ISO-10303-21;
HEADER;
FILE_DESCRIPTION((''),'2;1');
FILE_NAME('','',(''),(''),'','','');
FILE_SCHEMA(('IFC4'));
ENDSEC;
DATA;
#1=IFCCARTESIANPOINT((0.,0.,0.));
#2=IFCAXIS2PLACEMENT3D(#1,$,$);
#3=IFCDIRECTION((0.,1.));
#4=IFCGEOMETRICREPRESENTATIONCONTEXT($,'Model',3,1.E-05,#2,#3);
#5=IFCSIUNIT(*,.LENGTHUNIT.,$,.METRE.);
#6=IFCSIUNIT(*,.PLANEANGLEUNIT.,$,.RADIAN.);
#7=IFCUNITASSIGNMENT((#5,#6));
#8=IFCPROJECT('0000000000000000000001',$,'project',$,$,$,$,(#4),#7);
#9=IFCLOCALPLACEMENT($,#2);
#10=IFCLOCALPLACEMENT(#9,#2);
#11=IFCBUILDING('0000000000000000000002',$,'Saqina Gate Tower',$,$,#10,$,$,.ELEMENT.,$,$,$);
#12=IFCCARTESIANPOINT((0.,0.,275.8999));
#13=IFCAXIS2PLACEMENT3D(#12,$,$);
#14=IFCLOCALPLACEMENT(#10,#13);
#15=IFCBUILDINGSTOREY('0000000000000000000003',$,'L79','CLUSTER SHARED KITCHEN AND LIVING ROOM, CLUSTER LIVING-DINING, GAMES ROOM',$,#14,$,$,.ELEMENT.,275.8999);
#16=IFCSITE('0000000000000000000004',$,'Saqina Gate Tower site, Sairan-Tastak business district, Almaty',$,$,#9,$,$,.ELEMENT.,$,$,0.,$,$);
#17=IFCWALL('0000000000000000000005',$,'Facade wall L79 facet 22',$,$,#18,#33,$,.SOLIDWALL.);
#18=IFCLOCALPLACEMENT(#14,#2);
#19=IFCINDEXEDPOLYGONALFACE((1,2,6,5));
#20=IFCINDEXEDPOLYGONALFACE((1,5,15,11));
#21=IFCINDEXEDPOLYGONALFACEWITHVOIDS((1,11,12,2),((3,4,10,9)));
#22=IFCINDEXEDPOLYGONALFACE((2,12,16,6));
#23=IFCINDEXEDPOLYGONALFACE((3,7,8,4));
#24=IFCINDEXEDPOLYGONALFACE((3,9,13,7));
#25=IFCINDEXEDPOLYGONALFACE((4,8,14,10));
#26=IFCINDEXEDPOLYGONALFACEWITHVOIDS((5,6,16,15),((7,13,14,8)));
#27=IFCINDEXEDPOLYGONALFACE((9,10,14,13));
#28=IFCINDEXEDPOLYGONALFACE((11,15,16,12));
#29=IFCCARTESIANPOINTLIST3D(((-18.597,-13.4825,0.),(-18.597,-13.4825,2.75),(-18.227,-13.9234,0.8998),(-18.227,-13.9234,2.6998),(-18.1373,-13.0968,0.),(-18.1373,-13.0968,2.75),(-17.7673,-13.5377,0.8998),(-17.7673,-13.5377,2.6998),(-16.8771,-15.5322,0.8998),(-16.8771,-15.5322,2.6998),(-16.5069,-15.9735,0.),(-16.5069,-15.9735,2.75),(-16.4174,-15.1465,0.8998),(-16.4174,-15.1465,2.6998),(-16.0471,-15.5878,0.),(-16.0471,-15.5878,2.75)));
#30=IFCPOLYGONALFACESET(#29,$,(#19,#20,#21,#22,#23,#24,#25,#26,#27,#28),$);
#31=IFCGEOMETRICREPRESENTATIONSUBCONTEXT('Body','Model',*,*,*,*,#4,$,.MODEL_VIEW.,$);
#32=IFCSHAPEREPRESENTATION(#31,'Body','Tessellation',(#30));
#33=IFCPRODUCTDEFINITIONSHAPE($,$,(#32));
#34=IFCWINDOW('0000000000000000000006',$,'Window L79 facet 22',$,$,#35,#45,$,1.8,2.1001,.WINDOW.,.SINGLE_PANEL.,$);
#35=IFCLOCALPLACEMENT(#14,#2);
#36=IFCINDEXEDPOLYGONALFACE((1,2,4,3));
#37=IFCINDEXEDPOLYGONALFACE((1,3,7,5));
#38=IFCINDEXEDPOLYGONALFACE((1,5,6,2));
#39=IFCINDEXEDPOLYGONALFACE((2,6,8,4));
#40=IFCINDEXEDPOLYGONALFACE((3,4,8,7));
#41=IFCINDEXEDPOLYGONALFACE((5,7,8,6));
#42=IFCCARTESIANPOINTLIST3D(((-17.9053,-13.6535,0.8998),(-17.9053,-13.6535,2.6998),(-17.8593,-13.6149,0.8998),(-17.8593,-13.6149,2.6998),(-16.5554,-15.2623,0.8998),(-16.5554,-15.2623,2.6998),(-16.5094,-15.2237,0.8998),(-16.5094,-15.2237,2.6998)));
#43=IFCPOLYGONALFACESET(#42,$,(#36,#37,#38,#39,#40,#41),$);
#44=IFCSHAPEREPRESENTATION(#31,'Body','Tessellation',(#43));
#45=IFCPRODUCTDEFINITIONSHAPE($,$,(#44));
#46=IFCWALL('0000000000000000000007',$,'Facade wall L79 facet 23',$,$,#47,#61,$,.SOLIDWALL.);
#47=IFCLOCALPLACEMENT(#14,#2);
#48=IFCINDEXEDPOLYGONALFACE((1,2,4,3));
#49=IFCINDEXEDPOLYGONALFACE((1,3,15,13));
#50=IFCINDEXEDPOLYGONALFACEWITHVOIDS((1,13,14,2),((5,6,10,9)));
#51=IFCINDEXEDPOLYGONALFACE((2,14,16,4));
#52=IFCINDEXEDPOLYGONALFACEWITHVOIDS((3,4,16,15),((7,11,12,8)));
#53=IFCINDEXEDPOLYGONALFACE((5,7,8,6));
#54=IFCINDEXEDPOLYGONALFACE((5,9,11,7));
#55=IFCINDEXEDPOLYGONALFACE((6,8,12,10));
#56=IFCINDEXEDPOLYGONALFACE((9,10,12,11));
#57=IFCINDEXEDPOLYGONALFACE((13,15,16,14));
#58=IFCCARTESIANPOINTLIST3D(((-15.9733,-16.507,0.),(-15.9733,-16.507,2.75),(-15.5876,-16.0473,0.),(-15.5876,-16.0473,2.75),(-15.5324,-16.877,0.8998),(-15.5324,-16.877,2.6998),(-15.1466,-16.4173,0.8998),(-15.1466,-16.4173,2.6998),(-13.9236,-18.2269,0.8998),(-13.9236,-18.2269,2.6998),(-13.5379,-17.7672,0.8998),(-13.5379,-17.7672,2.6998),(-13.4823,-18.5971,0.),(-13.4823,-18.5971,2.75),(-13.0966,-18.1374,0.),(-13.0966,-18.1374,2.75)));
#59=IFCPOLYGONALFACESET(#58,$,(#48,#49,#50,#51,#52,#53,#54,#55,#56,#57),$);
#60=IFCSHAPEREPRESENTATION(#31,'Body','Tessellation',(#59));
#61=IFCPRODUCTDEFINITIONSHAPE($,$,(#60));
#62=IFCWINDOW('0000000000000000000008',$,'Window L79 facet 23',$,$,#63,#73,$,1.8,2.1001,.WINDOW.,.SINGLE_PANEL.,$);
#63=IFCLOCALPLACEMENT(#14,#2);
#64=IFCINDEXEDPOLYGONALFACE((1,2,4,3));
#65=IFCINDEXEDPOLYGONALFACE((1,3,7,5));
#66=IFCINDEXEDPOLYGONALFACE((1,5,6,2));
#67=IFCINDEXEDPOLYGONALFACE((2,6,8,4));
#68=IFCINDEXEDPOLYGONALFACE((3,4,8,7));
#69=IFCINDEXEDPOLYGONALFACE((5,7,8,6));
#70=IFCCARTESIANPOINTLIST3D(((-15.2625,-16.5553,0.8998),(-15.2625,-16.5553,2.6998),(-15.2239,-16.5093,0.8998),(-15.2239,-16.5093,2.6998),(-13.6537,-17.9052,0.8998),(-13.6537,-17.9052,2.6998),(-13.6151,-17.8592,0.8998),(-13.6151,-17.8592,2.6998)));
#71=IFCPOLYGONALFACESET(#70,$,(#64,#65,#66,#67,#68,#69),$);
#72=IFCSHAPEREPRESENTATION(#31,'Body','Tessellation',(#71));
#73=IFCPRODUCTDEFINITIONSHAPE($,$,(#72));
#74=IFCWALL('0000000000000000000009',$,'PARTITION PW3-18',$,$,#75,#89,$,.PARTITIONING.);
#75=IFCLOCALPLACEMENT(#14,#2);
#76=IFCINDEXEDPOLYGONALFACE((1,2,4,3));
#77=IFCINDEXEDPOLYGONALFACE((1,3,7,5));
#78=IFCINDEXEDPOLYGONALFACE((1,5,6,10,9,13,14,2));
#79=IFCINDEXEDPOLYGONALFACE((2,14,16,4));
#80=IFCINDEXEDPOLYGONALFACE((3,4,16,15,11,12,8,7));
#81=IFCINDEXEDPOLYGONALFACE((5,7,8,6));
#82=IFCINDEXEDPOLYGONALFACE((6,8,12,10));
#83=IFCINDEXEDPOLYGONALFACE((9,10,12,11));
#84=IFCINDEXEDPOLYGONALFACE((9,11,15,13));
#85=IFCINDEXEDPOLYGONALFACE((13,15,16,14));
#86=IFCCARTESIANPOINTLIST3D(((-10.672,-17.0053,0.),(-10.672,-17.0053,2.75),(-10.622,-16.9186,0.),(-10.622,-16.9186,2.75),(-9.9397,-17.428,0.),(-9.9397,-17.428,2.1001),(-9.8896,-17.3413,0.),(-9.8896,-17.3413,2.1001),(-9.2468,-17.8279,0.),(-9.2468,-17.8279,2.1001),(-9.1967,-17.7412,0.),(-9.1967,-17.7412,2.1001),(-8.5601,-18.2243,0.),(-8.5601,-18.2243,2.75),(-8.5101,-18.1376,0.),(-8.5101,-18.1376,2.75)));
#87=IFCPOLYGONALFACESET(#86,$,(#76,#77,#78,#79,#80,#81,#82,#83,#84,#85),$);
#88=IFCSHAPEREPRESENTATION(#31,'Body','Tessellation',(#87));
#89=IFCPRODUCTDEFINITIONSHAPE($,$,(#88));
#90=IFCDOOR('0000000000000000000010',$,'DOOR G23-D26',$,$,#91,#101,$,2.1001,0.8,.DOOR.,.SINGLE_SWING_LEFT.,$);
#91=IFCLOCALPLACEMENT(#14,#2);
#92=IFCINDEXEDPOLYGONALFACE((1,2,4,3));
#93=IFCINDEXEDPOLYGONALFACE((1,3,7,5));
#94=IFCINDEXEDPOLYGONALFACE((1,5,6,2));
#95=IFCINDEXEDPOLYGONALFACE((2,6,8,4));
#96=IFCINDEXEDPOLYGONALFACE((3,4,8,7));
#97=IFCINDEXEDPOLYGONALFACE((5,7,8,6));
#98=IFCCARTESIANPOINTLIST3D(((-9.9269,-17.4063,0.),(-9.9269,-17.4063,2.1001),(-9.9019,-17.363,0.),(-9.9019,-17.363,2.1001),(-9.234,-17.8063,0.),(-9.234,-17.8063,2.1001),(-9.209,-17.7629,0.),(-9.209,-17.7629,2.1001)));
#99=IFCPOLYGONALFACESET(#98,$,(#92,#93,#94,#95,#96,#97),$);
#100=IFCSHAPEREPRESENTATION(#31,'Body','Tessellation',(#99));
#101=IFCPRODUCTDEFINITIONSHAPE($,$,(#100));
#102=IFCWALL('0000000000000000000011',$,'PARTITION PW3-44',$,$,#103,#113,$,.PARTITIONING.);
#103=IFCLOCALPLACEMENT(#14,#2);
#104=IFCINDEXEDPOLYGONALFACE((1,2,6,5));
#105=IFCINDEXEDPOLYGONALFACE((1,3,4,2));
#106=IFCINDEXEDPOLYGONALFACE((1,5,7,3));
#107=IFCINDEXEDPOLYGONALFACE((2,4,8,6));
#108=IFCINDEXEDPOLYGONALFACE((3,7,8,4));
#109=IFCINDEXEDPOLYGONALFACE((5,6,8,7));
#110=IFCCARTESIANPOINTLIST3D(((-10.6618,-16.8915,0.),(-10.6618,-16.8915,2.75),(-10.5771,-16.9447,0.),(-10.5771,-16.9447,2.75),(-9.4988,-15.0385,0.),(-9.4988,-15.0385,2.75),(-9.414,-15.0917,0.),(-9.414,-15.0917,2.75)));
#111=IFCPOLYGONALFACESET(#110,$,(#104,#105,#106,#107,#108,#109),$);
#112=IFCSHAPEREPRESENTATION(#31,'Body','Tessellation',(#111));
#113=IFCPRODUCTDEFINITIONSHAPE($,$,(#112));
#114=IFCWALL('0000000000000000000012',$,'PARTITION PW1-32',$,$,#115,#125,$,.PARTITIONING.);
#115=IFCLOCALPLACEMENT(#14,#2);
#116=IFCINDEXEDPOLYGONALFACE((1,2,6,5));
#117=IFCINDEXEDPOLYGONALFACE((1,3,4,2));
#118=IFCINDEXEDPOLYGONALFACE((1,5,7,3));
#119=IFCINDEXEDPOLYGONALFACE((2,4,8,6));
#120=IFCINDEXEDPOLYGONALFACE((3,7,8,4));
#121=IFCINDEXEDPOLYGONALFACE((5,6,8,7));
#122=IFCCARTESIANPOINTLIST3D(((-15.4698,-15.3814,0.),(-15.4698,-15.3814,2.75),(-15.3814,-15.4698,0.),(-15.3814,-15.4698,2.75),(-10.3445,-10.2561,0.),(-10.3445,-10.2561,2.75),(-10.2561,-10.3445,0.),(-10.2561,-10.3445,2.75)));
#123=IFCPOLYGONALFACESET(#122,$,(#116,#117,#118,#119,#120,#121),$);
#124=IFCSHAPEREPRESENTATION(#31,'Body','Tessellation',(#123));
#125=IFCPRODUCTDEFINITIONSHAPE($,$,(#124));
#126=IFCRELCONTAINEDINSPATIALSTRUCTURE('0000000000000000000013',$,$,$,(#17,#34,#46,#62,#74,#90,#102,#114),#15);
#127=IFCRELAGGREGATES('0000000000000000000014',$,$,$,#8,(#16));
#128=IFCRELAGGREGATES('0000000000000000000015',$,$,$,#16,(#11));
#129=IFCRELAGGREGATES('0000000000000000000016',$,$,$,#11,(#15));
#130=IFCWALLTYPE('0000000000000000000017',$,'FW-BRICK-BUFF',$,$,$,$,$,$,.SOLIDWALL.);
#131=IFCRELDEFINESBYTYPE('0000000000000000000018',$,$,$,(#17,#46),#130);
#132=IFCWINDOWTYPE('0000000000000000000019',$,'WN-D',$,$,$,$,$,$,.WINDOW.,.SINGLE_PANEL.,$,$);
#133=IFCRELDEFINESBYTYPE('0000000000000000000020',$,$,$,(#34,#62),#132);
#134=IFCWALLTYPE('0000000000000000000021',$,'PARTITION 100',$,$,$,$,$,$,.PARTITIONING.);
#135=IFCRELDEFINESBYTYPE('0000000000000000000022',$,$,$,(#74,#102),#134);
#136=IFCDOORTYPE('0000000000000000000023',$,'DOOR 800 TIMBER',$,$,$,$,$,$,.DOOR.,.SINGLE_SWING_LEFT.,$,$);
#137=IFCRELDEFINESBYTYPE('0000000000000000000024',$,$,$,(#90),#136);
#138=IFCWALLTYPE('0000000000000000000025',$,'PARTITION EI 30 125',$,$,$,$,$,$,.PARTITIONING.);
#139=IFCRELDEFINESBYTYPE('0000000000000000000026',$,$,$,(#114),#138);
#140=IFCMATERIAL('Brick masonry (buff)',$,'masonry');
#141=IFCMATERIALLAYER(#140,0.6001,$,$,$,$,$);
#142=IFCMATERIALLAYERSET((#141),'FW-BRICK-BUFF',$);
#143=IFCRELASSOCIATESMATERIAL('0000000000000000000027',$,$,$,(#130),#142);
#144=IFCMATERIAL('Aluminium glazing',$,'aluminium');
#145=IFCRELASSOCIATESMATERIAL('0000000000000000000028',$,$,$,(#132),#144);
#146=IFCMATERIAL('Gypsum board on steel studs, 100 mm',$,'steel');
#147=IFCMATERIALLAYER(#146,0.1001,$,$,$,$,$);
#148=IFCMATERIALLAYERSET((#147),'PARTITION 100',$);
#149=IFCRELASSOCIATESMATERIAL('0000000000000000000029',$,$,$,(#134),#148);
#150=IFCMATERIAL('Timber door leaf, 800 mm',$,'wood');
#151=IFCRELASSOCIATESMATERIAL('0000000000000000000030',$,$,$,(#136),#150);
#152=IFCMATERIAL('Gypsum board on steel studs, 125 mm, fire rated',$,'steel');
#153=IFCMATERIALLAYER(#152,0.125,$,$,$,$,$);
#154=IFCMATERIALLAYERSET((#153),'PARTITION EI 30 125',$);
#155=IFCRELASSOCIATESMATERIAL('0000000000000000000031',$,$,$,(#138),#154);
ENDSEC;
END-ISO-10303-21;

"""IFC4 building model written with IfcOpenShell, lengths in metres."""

from ifc_helpers import new_model, si_unit, direction, frame, frame_2d, origin, place, context, subcontext, project, spatial, rectangle, extrude, material, layer, layer_set, type_object, element, fill, save


model = new_model("IFC4")

# Units and contexts
model_context = context("Model", 3, precision=1e-05, world=origin(), true_north=direction((0.0, 1.0)))
body_context = subcontext(model_context, "Body", "Model", "MODEL_VIEW")
ifc_project = project(units=[si_unit("LENGTHUNIT", "METRE"), si_unit("PLANEANGLEUNIT", "RADIAN")], contexts=[model_context])

# Site, building, storey
site_placement = place(None, origin())
site = spatial("IfcSite", under=ifc_project, at=site_placement, Name="Saqina Gate Tower site, Sairan-Tastak business district, Almaty", CompositionType="ELEMENT", RefElevation=0.0)
building_placement = place(site_placement, origin())
building = spatial("IfcBuilding", under=site, at=building_placement, Name="Saqina Gate Tower", CompositionType="ELEMENT")
storey_placement = place(building_placement, frame((0.0, 0.0, 275.8999)))
storey = spatial("IfcBuildingStorey", under=building, at=storey_placement, Name="L79", Description="CLUSTER SHARED KITCHEN AND LIVING ROOM, CLUSTER LIVING-DINING, GAMES ROOM", CompositionType="ELEMENT", Elevation=275.8999)

# Walls, openings, windows
ifc_material_1 = material(Name="Brick masonry (buff)", Category="masonry")
ifc_layer_1 = layer(ifc_material_1, 0.6001)
ifc_layer_set_1 = layer_set([ifc_layer_1], Name="FW-BRICK-BUFF")
wall_type_1 = type_object("IfcWallType", Name="FW-BRICK-BUFF", PredefinedType="SOLIDWALL", material=ifc_layer_set_1)
wall_1_placement = place(storey_placement, frame((-18.3672, -13.2896, 0.0), z_axis=(0.0, 0.0, 1.0), x_axis=(0.642773, -0.766057, 0.0)))
wall_1 = element("IfcWall", 1, at=wall_1_placement, inside=storey, type_object=wall_type_1, Name="Facade wall L79 facet 22", PredefinedType="SOLIDWALL", context=body_context, shape_type="SweptSolid", body=[
    extrude(rectangle(XDim=3.2517, YDim=0.6001, at=frame_2d((1.626, 0.0))), origin(), (0.0, 0.0, 1.0), 2.75),
])
opening_1_placement = place(wall_1_placement, frame((0.5757, 0.0, 0.8999)))
opening_1 = element("IfcOpeningElement", 2, at=opening_1_placement, cuts=wall_1, PredefinedType="OPENING", context=body_context, shape_type="SweptSolid", body=[
    extrude(rectangle(XDim=2.1001, YDim=1.8, at=frame_2d((1.05, 0.8999))), frame((0.0, 0.312, 0.0), z_axis=(0.0, -1.0, 0.0), x_axis=(1.0, 0.0, 0.0)), (0.0, 0.0, 1.0), 0.624),
])
ifc_material_2 = material(Name="Aluminium glazing", Category="aluminium")
window_type = type_object("IfcWindowType", Name="WN-D", PartitioningType="SINGLE_PANEL", PredefinedType="WINDOW", material=ifc_material_2)
window_1_placement = place(opening_1_placement, origin())
window_1 = element("IfcWindow", 3, at=window_1_placement, inside=storey, type_object=window_type, Name="Window L79 facet 22", OverallHeight=1.8, OverallWidth=2.1001, PartitioningType="SINGLE_PANEL", PredefinedType="WINDOW", context=body_context, shape_type="SweptSolid", body=[
    extrude(rectangle(XDim=2.1001, YDim=1.8, at=frame_2d((1.05, 0.8999))), frame((0.0, 0.1799, 0.0), z_axis=(0.0, -1.0, 0.0), x_axis=(1.0, 0.0, 0.0)), (0.0, 0.0, 1.0), 0.0601),
])
fill(opening_1, window_1)
wall_2_placement = place(storey_placement, frame((-15.7805, -16.2771, 0.0), z_axis=(0.0, 0.0, 1.0), x_axis=(0.766057, -0.642773, 0.0)))
wall_2 = element("IfcWall", 4, at=wall_2_placement, inside=storey, type_object=wall_type_1, Name="Facade wall L79 facet 23", PredefinedType="SOLIDWALL", context=body_context, shape_type="SweptSolid", body=[
    extrude(rectangle(XDim=3.2517, YDim=0.6001, at=frame_2d((1.626, 0.0))), origin(), (0.0, 0.0, 1.0), 2.75),
])
opening_2_placement = place(wall_2_placement, frame((0.5757, 0.0, 0.8999)))
opening_2 = element("IfcOpeningElement", 5, at=opening_2_placement, cuts=wall_2, PredefinedType="OPENING", context=body_context, shape_type="SweptSolid", body=[
    extrude(rectangle(XDim=2.1001, YDim=1.8, at=frame_2d((1.05, 0.8999))), frame((0.0, 0.312, 0.0), z_axis=(0.0, -1.0, 0.0), x_axis=(1.0, 0.0, 0.0)), (0.0, 0.0, 1.0), 0.624),
])
window_2_placement = place(opening_2_placement, origin())
window_2 = element("IfcWindow", 6, at=window_2_placement, inside=storey, type_object=window_type, Name="Window L79 facet 23", OverallHeight=1.8, OverallWidth=2.1001, PartitioningType="SINGLE_PANEL", PredefinedType="WINDOW", context=body_context, shape_type="SweptSolid", body=[
    extrude(rectangle(XDim=2.1001, YDim=1.8, at=frame_2d((1.05, 0.8999))), frame((0.0, 0.1799, 0.0), z_axis=(0.0, -1.0, 0.0), x_axis=(1.0, 0.0, 0.0)), (0.0, 0.0, 1.0), 0.0601),
])
fill(opening_2, window_2)

# Wall, opening, door
ifc_material_3 = material(Name="Gypsum board on steel studs, 100 mm", Category="steel")
ifc_layer_2 = layer(ifc_material_3, 0.1001)
ifc_layer_set_2 = layer_set([ifc_layer_2], Name="PARTITION 100")
wall_type_2 = type_object("IfcWallType", Name="PARTITION 100", PredefinedType="PARTITIONING", material=ifc_layer_set_2)
wall_3_placement = place(storey_placement, frame((-10.647, -16.9619, 0.0), z_axis=(0.0, 0.0, 1.0), x_axis=(0.866072, -0.499919, 0.0)))
wall_3 = element("IfcWall", 7, at=wall_3_placement, inside=storey, type_object=wall_type_2, Name="PARTITION PW3-18", PredefinedType="PARTITIONING", context=body_context, shape_type="SweptSolid", body=[
    extrude(rectangle(XDim=2.4385, YDim=0.1001, at=frame_2d((1.2192, 0.0))), origin(), (0.0, 0.0, 1.0), 2.75),
])
opening_3_placement = place(wall_3_placement, frame((0.8457, 0.0, 0.0)))
opening_3 = element("IfcOpeningElement", 8, at=opening_3_placement, cuts=wall_3, PredefinedType="OPENING", context=body_context, shape_type="SweptSolid", body=[
    extrude(rectangle(XDim=0.8, YDim=2.1001, at=frame_2d((0.3999, 1.05))), frame((0.0, 0.062, 0.0), z_axis=(0.0, -1.0, 0.0), x_axis=(1.0, 0.0, 0.0)), (0.0, 0.0, 1.0), 0.124),
])
ifc_material_4 = material(Name="Timber door leaf, 800 mm", Category="wood")
door_type = type_object("IfcDoorType", Name="DOOR 800 TIMBER", OperationType="SINGLE_SWING_LEFT", PredefinedType="DOOR", material=ifc_material_4)
door_placement = place(opening_3_placement, frame((0.8, 0.0, 0.0), z_axis=(0.0, 0.0, 1.0), x_axis=(-1.0, 0.0, 0.0)))
door = element("IfcDoor", 9, at=door_placement, inside=storey, type_object=door_type, Name="DOOR G23-D26", OperationType="SINGLE_SWING_LEFT", OverallHeight=2.1001, OverallWidth=0.8, PredefinedType="DOOR", context=body_context, shape_type="SweptSolid", body=[
    extrude(rectangle(XDim=0.8, YDim=2.1001, at=frame_2d((0.3999, 1.05))), frame((0.0, 0.0249, 0.0), z_axis=(0.0, -1.0, 0.0), x_axis=(1.0, 0.0, 0.0)), (0.0, 0.0, 1.0), 0.05),
])
fill(opening_3, door)

# Walls
wall_4_placement = place(storey_placement, frame((-10.6194, -16.918, 0.0), z_axis=(0.0, 0.0, 1.0), x_axis=(0.531623, 0.846981, 0.0)))
element("IfcWall", 10, at=wall_4_placement, inside=storey, type_object=wall_type_2, Name="PARTITION PW3-44", PredefinedType="PARTITIONING", context=body_context, shape_type="SweptSolid", body=[
    extrude(rectangle(XDim=2.1877, YDim=0.1001, at=frame_2d((1.0938, 0.0))), origin(), (0.0, 0.0, 1.0), 2.75),
])
ifc_material_5 = material(Name="Gypsum board on steel studs, 125 mm, fire rated", Category="steel")
ifc_layer_3 = layer(ifc_material_5, 0.125)
ifc_layer_set_3 = layer_set([ifc_layer_3], Name="PARTITION EI 30 125")
wall_type_3 = type_object("IfcWallType", Name="PARTITION EI 30 125", PredefinedType="PARTITIONING", material=ifc_layer_set_3)
wall_5_placement = place(storey_placement, frame((-15.4255, -15.4255, 0.0), z_axis=(0.0, 0.0, 1.0), x_axis=(0.707107, 0.707107, 0.0)))
element("IfcWall", 11, at=wall_5_placement, inside=storey, type_object=wall_type_3, Name="PARTITION PW1-32", PredefinedType="PARTITIONING", context=body_context, shape_type="SweptSolid", body=[
    extrude(rectangle(XDim=7.2483, YDim=0.125, at=frame_2d((3.624, 0.0))), origin(), (0.0, 0.0, 1.0), 2.75),
])

save(model, "model.ifc")
